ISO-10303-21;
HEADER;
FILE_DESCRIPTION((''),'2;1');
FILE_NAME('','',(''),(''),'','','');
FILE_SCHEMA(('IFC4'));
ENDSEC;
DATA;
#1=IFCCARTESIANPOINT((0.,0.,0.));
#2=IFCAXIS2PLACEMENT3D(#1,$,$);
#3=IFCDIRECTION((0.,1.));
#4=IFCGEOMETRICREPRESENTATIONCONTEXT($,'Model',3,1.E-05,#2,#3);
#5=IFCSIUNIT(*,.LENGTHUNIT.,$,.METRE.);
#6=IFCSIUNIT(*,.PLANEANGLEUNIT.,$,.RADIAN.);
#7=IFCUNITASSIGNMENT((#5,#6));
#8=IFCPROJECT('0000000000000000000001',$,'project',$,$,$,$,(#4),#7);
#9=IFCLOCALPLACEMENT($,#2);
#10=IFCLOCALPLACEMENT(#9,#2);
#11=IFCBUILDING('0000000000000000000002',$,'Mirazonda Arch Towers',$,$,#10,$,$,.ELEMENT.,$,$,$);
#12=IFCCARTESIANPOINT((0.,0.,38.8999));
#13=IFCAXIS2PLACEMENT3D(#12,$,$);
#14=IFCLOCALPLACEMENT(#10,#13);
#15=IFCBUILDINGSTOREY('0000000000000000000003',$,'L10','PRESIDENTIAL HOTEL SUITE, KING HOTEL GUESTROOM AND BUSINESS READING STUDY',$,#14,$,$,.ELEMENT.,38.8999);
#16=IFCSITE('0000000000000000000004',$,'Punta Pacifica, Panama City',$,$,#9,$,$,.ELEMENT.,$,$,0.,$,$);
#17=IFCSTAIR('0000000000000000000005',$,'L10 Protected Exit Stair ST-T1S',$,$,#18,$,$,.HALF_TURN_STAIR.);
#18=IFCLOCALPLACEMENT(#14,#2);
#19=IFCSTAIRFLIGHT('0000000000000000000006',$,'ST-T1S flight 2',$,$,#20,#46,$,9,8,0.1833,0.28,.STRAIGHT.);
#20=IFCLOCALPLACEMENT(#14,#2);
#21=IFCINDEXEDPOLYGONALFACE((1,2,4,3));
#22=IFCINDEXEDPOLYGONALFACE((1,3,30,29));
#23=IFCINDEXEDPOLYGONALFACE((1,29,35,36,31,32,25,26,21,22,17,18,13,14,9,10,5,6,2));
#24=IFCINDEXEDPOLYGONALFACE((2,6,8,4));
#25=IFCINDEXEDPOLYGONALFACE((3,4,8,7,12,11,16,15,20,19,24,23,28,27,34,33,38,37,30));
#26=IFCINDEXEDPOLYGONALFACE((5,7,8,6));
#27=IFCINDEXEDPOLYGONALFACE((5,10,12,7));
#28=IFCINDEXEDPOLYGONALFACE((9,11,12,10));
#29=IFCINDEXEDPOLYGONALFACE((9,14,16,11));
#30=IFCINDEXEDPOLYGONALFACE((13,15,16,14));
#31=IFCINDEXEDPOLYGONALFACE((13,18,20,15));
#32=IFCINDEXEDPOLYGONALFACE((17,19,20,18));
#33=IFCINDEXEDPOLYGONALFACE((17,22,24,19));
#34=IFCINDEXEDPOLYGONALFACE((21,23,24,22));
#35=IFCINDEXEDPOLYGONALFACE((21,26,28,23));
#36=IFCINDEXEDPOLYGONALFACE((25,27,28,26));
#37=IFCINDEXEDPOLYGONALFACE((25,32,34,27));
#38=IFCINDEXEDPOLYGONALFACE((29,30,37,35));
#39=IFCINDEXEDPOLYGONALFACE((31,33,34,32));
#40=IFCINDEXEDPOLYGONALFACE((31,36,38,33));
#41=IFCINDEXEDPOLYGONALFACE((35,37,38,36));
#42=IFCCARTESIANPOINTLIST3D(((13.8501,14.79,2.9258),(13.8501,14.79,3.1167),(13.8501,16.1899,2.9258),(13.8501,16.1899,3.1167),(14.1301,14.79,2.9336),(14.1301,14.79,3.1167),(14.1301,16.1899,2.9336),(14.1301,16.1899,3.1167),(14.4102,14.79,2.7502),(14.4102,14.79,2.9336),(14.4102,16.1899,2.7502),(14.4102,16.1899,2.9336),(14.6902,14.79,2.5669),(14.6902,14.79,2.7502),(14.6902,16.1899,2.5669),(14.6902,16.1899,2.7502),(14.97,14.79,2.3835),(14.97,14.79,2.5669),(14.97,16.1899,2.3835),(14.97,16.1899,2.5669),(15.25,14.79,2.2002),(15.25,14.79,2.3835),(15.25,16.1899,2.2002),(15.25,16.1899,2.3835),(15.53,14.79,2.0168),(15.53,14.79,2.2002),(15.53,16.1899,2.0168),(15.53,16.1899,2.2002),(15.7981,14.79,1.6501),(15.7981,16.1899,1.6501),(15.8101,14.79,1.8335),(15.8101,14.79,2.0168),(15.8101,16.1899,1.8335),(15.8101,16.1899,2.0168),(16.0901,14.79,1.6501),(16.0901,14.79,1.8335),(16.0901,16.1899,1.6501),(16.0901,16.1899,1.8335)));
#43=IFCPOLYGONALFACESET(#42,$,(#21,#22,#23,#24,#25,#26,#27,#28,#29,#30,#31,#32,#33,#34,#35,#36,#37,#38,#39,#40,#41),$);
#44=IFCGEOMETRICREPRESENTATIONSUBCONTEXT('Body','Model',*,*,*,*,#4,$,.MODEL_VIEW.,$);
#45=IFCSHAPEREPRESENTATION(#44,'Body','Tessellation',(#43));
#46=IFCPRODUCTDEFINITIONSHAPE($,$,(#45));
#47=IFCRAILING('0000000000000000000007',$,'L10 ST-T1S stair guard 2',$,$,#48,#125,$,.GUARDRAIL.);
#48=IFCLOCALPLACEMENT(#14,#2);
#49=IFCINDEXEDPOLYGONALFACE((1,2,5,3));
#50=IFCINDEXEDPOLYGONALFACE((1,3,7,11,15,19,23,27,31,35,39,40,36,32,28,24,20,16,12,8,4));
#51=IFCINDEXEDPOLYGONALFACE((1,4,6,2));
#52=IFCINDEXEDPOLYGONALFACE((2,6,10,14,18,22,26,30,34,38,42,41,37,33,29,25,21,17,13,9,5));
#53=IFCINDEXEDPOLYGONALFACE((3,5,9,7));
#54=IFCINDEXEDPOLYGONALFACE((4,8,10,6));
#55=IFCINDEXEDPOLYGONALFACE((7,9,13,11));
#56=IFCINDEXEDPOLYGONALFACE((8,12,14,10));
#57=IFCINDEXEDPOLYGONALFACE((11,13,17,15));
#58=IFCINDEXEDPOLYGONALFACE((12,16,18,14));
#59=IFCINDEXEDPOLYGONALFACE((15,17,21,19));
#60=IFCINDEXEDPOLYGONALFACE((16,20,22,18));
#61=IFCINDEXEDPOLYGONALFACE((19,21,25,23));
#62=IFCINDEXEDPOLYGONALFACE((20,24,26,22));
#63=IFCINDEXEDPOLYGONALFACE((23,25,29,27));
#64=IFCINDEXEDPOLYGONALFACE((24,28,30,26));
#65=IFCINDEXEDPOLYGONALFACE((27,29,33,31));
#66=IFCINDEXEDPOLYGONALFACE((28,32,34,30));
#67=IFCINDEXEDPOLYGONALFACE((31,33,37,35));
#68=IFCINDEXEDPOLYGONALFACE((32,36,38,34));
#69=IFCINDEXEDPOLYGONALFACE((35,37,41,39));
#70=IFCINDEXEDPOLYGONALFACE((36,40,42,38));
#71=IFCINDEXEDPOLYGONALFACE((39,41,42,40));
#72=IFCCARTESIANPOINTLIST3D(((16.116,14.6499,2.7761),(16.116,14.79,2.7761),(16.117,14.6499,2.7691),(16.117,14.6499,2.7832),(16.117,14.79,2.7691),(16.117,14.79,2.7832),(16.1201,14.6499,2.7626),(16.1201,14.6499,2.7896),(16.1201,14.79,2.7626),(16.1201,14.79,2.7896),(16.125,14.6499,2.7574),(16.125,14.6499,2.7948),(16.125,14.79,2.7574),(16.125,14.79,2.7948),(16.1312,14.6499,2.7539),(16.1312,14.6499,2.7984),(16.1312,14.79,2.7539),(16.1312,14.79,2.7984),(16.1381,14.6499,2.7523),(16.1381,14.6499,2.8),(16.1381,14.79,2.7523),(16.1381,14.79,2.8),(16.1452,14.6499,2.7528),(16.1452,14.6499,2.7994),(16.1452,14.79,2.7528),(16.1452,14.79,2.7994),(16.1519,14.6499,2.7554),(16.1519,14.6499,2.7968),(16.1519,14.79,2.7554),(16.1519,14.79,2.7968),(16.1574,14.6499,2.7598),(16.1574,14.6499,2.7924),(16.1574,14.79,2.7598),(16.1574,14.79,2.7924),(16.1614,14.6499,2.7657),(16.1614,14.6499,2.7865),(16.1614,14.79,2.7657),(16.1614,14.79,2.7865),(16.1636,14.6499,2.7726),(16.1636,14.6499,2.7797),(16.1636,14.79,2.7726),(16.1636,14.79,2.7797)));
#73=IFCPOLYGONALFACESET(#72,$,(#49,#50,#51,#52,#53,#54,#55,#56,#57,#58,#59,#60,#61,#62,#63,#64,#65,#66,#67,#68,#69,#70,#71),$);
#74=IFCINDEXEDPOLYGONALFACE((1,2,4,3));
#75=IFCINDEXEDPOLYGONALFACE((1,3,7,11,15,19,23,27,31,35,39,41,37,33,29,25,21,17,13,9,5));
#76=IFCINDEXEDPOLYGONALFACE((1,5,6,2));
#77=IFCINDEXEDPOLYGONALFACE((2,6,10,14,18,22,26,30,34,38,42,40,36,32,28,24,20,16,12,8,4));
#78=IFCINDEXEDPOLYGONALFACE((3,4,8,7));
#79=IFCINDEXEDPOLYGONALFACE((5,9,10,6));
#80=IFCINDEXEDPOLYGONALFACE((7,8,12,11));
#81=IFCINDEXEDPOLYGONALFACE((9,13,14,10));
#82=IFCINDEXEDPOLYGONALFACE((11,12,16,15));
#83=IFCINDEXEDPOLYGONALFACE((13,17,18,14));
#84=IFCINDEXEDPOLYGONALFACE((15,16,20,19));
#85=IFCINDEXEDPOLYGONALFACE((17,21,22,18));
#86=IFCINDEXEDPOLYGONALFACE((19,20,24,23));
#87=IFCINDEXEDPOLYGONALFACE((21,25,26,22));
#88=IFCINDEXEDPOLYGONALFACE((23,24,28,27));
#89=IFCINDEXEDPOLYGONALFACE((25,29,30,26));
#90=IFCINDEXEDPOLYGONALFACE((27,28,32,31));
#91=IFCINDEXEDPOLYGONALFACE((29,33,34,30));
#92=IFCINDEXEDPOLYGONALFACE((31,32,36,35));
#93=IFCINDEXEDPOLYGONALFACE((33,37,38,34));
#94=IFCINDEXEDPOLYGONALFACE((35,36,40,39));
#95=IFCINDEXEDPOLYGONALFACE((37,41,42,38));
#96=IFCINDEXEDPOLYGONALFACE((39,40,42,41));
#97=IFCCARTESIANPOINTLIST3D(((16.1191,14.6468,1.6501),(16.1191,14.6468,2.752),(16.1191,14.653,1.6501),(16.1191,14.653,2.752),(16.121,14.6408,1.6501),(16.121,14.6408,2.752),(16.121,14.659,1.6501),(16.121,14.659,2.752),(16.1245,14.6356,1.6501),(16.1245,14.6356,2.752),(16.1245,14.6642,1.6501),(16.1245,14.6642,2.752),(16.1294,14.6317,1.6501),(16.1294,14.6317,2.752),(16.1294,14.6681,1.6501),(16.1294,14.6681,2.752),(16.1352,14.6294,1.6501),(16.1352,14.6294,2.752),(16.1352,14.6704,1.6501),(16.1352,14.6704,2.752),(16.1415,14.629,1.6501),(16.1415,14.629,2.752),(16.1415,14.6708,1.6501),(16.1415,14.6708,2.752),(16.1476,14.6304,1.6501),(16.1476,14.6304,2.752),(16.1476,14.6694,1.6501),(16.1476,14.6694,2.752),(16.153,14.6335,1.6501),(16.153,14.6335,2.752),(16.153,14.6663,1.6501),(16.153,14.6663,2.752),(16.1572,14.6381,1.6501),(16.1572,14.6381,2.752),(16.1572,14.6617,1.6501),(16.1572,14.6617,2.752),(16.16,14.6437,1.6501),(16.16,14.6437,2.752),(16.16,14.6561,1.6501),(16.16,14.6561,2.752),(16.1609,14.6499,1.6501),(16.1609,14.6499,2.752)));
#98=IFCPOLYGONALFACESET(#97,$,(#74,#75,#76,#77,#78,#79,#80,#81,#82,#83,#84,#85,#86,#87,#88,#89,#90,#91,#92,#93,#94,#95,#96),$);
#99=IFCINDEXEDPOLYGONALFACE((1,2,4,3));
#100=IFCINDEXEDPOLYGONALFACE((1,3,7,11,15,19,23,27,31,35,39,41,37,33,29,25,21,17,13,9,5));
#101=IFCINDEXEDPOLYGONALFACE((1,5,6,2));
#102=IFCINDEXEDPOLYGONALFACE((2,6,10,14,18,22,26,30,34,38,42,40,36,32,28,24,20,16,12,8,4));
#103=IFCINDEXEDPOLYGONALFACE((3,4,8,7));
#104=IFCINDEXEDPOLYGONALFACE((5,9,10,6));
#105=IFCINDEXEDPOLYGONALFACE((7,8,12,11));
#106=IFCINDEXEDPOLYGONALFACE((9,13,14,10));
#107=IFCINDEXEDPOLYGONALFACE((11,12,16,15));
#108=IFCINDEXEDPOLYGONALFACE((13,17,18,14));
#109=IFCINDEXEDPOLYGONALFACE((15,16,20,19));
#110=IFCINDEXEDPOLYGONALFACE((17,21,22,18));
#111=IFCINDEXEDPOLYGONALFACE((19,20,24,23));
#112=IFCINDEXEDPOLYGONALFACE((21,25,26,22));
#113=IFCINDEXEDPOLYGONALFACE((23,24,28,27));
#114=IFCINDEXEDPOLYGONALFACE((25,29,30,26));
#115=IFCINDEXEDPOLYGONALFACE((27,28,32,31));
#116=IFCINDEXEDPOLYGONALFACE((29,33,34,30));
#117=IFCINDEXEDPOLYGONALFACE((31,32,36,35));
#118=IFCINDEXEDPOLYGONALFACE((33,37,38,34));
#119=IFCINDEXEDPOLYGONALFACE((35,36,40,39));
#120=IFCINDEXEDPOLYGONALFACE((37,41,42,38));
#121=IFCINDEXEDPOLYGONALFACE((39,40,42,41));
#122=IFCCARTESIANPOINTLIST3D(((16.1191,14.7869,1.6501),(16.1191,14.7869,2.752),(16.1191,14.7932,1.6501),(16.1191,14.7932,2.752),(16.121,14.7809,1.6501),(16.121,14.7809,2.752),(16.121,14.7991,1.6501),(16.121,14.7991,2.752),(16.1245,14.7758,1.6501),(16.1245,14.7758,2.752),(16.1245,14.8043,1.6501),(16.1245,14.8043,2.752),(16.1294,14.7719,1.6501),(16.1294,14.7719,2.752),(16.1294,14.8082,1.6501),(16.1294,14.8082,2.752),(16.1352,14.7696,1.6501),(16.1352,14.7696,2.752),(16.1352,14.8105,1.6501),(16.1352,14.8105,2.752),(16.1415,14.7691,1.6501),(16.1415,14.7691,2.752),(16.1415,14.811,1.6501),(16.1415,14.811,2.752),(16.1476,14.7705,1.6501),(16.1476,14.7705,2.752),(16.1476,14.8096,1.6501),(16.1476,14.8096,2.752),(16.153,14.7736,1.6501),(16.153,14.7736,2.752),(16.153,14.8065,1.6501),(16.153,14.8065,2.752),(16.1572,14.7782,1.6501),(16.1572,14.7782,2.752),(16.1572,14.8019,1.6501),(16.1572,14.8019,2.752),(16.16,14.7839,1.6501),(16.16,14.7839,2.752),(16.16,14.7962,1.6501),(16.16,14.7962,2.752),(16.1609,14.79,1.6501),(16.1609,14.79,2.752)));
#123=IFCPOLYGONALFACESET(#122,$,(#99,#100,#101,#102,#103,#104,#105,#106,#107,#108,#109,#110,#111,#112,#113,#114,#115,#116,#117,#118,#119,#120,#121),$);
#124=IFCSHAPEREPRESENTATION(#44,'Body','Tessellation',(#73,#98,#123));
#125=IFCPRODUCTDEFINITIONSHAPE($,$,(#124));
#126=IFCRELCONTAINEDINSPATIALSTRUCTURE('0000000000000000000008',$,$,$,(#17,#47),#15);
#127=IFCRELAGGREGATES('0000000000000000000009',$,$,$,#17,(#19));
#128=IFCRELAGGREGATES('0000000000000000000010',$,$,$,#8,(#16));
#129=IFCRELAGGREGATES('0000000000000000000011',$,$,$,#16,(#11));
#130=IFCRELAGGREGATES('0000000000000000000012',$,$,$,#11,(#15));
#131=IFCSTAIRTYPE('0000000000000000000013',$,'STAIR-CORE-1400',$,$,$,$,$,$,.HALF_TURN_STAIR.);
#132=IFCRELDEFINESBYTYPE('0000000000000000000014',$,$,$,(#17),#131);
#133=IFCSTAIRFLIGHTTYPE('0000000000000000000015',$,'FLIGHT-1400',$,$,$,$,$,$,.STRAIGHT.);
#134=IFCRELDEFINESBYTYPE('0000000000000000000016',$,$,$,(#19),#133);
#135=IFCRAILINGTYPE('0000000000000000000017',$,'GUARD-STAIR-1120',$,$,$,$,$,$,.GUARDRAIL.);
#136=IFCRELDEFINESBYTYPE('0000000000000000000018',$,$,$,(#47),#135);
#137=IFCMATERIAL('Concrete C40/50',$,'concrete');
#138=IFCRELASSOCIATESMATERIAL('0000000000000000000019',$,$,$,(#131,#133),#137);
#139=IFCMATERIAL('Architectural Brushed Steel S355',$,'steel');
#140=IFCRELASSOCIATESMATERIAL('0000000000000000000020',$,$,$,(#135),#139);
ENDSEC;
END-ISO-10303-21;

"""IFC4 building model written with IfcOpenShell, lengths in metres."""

from ifc_helpers import new_model, si_unit, direction, frame, origin, origin_2d, place, context, subcontext, project, spatial, polyline, circle, outline, extrude, material, type_object, element, aggregate, save


model = new_model("IFC4")

# Units and contexts
model_context = context("Model", 3, precision=1e-05, world=origin(), true_north=direction((0.0, 1.0)))
body_context = subcontext(model_context, "Body", "Model", "MODEL_VIEW")
ifc_project = project(units=[si_unit("LENGTHUNIT", "METRE"), si_unit("PLANEANGLEUNIT", "RADIAN")], contexts=[model_context])

# Site, building, storey
site_placement = place(None, origin())
site = spatial("IfcSite", under=ifc_project, at=site_placement, Name="Punta Pacifica, Panama City", CompositionType="ELEMENT", RefElevation=0.0)
building_placement = place(site_placement, origin())
building = spatial("IfcBuilding", under=site, at=building_placement, Name="Mirazonda Arch Towers", CompositionType="ELEMENT")
storey_placement = place(building_placement, frame((0.0, 0.0, 38.8999)))
storey = spatial("IfcBuildingStorey", under=building, at=storey_placement, Name="L10", Description="PRESIDENTIAL HOTEL SUITE, KING HOTEL GUESTROOM AND BUSINESS READING STUDY", CompositionType="ELEMENT", Elevation=38.8999)

# Shared definitions
ifc_material_1 = material(Name="Concrete C40/50", Category="concrete")

# Stair, stair flight
stair_type = type_object("IfcStairType", Name="STAIR-CORE-1400", PredefinedType="HALF_TURN_STAIR", material=ifc_material_1)
stair_placement = place(storey_placement, origin())
stair = element("IfcStair", 1, at=stair_placement, inside=storey, type_object=stair_type, Name="L10 Protected Exit Stair ST-T1S", PredefinedType="HALF_TURN_STAIR")
stair_flight_type = type_object("IfcStairFlightType", Name="FLIGHT-1400", PredefinedType="STRAIGHT", material=ifc_material_1)
stair_flight_placement = place(storey_placement, frame((16.0901, 15.49, 1.6501), z_axis=(0.0, 0.0, 1.0), x_axis=(-1.0, 0.0, 0.0)))
stair_flight = element("IfcStairFlight", 2, at=stair_flight_placement, type_object=stair_flight_type, Name="ST-T1S flight 2", NumberOfRisers=9, NumberOfTreads=8, PredefinedType="STRAIGHT", RiserHeight=0.1833, TreadLength=0.28, context=body_context, shape_type="SweptSolid", body=[
    extrude(outline(polyline([(0.0, 0.0), (0.0, 0.1833), (0.28, 0.1833), (0.28, 0.3667), (0.5601, 0.3667), (0.5601, 0.55), (0.8401, 0.55), (0.8401, 0.7334), (1.1201, 0.7334), (1.1201, 0.9167), (1.3999, 0.9167), (1.3999, 1.1001), (1.6799, 1.1001), (1.6799, 1.2834), (1.96, 1.2834), (1.96, 1.4666), (2.24, 1.4666), (2.24, 1.6499), (2.24, 1.2756), (0.292, 0.0), (0.0, 0.0)])), frame((0.0, 0.7, 0.0), z_axis=(0.0, -1.0, 0.0), x_axis=(1.0, 0.0, 0.0)), (0.0, 0.0, 1.0), 1.3999),
])
aggregate(stair, [stair_flight])

# Railing
ifc_material_2 = material(Name="Architectural Brushed Steel S355", Category="steel")
railing_type_1 = type_object("IfcRailingType", Name="GUARD-STAIR-1120", PredefinedType="GUARDRAIL", material=ifc_material_2)
railing_1_placement = place(storey_placement, frame((16.1399, 14.6499, 1.6501)))
element("IfcRailing", 3, at=railing_1_placement, inside=storey, type_object=railing_type_1, Name="L10 ST-T1S stair guard 2", PredefinedType="GUARDRAIL", context=body_context, shape_type="SweptSolid", body=[
    extrude(circle(Radius=0.0239, at=origin_2d()), frame((0.0, 0.0, 1.126), z_axis=(0.0, 1.0, 0.0), x_axis=(-1.0, 0.0, 0.0)), (0.0, 0.0, 1.0), 0.1401),
    extrude(circle(Radius=0.021, at=origin_2d()), origin(), (0.0, 0.0, 1.0), 1.1018),
    extrude(circle(Radius=0.021, at=origin_2d()), frame((0.0, 0.1401, 0.0)), (0.0, 0.0, 1.0), 1.1018),
])

save(model, "model.ifc")
